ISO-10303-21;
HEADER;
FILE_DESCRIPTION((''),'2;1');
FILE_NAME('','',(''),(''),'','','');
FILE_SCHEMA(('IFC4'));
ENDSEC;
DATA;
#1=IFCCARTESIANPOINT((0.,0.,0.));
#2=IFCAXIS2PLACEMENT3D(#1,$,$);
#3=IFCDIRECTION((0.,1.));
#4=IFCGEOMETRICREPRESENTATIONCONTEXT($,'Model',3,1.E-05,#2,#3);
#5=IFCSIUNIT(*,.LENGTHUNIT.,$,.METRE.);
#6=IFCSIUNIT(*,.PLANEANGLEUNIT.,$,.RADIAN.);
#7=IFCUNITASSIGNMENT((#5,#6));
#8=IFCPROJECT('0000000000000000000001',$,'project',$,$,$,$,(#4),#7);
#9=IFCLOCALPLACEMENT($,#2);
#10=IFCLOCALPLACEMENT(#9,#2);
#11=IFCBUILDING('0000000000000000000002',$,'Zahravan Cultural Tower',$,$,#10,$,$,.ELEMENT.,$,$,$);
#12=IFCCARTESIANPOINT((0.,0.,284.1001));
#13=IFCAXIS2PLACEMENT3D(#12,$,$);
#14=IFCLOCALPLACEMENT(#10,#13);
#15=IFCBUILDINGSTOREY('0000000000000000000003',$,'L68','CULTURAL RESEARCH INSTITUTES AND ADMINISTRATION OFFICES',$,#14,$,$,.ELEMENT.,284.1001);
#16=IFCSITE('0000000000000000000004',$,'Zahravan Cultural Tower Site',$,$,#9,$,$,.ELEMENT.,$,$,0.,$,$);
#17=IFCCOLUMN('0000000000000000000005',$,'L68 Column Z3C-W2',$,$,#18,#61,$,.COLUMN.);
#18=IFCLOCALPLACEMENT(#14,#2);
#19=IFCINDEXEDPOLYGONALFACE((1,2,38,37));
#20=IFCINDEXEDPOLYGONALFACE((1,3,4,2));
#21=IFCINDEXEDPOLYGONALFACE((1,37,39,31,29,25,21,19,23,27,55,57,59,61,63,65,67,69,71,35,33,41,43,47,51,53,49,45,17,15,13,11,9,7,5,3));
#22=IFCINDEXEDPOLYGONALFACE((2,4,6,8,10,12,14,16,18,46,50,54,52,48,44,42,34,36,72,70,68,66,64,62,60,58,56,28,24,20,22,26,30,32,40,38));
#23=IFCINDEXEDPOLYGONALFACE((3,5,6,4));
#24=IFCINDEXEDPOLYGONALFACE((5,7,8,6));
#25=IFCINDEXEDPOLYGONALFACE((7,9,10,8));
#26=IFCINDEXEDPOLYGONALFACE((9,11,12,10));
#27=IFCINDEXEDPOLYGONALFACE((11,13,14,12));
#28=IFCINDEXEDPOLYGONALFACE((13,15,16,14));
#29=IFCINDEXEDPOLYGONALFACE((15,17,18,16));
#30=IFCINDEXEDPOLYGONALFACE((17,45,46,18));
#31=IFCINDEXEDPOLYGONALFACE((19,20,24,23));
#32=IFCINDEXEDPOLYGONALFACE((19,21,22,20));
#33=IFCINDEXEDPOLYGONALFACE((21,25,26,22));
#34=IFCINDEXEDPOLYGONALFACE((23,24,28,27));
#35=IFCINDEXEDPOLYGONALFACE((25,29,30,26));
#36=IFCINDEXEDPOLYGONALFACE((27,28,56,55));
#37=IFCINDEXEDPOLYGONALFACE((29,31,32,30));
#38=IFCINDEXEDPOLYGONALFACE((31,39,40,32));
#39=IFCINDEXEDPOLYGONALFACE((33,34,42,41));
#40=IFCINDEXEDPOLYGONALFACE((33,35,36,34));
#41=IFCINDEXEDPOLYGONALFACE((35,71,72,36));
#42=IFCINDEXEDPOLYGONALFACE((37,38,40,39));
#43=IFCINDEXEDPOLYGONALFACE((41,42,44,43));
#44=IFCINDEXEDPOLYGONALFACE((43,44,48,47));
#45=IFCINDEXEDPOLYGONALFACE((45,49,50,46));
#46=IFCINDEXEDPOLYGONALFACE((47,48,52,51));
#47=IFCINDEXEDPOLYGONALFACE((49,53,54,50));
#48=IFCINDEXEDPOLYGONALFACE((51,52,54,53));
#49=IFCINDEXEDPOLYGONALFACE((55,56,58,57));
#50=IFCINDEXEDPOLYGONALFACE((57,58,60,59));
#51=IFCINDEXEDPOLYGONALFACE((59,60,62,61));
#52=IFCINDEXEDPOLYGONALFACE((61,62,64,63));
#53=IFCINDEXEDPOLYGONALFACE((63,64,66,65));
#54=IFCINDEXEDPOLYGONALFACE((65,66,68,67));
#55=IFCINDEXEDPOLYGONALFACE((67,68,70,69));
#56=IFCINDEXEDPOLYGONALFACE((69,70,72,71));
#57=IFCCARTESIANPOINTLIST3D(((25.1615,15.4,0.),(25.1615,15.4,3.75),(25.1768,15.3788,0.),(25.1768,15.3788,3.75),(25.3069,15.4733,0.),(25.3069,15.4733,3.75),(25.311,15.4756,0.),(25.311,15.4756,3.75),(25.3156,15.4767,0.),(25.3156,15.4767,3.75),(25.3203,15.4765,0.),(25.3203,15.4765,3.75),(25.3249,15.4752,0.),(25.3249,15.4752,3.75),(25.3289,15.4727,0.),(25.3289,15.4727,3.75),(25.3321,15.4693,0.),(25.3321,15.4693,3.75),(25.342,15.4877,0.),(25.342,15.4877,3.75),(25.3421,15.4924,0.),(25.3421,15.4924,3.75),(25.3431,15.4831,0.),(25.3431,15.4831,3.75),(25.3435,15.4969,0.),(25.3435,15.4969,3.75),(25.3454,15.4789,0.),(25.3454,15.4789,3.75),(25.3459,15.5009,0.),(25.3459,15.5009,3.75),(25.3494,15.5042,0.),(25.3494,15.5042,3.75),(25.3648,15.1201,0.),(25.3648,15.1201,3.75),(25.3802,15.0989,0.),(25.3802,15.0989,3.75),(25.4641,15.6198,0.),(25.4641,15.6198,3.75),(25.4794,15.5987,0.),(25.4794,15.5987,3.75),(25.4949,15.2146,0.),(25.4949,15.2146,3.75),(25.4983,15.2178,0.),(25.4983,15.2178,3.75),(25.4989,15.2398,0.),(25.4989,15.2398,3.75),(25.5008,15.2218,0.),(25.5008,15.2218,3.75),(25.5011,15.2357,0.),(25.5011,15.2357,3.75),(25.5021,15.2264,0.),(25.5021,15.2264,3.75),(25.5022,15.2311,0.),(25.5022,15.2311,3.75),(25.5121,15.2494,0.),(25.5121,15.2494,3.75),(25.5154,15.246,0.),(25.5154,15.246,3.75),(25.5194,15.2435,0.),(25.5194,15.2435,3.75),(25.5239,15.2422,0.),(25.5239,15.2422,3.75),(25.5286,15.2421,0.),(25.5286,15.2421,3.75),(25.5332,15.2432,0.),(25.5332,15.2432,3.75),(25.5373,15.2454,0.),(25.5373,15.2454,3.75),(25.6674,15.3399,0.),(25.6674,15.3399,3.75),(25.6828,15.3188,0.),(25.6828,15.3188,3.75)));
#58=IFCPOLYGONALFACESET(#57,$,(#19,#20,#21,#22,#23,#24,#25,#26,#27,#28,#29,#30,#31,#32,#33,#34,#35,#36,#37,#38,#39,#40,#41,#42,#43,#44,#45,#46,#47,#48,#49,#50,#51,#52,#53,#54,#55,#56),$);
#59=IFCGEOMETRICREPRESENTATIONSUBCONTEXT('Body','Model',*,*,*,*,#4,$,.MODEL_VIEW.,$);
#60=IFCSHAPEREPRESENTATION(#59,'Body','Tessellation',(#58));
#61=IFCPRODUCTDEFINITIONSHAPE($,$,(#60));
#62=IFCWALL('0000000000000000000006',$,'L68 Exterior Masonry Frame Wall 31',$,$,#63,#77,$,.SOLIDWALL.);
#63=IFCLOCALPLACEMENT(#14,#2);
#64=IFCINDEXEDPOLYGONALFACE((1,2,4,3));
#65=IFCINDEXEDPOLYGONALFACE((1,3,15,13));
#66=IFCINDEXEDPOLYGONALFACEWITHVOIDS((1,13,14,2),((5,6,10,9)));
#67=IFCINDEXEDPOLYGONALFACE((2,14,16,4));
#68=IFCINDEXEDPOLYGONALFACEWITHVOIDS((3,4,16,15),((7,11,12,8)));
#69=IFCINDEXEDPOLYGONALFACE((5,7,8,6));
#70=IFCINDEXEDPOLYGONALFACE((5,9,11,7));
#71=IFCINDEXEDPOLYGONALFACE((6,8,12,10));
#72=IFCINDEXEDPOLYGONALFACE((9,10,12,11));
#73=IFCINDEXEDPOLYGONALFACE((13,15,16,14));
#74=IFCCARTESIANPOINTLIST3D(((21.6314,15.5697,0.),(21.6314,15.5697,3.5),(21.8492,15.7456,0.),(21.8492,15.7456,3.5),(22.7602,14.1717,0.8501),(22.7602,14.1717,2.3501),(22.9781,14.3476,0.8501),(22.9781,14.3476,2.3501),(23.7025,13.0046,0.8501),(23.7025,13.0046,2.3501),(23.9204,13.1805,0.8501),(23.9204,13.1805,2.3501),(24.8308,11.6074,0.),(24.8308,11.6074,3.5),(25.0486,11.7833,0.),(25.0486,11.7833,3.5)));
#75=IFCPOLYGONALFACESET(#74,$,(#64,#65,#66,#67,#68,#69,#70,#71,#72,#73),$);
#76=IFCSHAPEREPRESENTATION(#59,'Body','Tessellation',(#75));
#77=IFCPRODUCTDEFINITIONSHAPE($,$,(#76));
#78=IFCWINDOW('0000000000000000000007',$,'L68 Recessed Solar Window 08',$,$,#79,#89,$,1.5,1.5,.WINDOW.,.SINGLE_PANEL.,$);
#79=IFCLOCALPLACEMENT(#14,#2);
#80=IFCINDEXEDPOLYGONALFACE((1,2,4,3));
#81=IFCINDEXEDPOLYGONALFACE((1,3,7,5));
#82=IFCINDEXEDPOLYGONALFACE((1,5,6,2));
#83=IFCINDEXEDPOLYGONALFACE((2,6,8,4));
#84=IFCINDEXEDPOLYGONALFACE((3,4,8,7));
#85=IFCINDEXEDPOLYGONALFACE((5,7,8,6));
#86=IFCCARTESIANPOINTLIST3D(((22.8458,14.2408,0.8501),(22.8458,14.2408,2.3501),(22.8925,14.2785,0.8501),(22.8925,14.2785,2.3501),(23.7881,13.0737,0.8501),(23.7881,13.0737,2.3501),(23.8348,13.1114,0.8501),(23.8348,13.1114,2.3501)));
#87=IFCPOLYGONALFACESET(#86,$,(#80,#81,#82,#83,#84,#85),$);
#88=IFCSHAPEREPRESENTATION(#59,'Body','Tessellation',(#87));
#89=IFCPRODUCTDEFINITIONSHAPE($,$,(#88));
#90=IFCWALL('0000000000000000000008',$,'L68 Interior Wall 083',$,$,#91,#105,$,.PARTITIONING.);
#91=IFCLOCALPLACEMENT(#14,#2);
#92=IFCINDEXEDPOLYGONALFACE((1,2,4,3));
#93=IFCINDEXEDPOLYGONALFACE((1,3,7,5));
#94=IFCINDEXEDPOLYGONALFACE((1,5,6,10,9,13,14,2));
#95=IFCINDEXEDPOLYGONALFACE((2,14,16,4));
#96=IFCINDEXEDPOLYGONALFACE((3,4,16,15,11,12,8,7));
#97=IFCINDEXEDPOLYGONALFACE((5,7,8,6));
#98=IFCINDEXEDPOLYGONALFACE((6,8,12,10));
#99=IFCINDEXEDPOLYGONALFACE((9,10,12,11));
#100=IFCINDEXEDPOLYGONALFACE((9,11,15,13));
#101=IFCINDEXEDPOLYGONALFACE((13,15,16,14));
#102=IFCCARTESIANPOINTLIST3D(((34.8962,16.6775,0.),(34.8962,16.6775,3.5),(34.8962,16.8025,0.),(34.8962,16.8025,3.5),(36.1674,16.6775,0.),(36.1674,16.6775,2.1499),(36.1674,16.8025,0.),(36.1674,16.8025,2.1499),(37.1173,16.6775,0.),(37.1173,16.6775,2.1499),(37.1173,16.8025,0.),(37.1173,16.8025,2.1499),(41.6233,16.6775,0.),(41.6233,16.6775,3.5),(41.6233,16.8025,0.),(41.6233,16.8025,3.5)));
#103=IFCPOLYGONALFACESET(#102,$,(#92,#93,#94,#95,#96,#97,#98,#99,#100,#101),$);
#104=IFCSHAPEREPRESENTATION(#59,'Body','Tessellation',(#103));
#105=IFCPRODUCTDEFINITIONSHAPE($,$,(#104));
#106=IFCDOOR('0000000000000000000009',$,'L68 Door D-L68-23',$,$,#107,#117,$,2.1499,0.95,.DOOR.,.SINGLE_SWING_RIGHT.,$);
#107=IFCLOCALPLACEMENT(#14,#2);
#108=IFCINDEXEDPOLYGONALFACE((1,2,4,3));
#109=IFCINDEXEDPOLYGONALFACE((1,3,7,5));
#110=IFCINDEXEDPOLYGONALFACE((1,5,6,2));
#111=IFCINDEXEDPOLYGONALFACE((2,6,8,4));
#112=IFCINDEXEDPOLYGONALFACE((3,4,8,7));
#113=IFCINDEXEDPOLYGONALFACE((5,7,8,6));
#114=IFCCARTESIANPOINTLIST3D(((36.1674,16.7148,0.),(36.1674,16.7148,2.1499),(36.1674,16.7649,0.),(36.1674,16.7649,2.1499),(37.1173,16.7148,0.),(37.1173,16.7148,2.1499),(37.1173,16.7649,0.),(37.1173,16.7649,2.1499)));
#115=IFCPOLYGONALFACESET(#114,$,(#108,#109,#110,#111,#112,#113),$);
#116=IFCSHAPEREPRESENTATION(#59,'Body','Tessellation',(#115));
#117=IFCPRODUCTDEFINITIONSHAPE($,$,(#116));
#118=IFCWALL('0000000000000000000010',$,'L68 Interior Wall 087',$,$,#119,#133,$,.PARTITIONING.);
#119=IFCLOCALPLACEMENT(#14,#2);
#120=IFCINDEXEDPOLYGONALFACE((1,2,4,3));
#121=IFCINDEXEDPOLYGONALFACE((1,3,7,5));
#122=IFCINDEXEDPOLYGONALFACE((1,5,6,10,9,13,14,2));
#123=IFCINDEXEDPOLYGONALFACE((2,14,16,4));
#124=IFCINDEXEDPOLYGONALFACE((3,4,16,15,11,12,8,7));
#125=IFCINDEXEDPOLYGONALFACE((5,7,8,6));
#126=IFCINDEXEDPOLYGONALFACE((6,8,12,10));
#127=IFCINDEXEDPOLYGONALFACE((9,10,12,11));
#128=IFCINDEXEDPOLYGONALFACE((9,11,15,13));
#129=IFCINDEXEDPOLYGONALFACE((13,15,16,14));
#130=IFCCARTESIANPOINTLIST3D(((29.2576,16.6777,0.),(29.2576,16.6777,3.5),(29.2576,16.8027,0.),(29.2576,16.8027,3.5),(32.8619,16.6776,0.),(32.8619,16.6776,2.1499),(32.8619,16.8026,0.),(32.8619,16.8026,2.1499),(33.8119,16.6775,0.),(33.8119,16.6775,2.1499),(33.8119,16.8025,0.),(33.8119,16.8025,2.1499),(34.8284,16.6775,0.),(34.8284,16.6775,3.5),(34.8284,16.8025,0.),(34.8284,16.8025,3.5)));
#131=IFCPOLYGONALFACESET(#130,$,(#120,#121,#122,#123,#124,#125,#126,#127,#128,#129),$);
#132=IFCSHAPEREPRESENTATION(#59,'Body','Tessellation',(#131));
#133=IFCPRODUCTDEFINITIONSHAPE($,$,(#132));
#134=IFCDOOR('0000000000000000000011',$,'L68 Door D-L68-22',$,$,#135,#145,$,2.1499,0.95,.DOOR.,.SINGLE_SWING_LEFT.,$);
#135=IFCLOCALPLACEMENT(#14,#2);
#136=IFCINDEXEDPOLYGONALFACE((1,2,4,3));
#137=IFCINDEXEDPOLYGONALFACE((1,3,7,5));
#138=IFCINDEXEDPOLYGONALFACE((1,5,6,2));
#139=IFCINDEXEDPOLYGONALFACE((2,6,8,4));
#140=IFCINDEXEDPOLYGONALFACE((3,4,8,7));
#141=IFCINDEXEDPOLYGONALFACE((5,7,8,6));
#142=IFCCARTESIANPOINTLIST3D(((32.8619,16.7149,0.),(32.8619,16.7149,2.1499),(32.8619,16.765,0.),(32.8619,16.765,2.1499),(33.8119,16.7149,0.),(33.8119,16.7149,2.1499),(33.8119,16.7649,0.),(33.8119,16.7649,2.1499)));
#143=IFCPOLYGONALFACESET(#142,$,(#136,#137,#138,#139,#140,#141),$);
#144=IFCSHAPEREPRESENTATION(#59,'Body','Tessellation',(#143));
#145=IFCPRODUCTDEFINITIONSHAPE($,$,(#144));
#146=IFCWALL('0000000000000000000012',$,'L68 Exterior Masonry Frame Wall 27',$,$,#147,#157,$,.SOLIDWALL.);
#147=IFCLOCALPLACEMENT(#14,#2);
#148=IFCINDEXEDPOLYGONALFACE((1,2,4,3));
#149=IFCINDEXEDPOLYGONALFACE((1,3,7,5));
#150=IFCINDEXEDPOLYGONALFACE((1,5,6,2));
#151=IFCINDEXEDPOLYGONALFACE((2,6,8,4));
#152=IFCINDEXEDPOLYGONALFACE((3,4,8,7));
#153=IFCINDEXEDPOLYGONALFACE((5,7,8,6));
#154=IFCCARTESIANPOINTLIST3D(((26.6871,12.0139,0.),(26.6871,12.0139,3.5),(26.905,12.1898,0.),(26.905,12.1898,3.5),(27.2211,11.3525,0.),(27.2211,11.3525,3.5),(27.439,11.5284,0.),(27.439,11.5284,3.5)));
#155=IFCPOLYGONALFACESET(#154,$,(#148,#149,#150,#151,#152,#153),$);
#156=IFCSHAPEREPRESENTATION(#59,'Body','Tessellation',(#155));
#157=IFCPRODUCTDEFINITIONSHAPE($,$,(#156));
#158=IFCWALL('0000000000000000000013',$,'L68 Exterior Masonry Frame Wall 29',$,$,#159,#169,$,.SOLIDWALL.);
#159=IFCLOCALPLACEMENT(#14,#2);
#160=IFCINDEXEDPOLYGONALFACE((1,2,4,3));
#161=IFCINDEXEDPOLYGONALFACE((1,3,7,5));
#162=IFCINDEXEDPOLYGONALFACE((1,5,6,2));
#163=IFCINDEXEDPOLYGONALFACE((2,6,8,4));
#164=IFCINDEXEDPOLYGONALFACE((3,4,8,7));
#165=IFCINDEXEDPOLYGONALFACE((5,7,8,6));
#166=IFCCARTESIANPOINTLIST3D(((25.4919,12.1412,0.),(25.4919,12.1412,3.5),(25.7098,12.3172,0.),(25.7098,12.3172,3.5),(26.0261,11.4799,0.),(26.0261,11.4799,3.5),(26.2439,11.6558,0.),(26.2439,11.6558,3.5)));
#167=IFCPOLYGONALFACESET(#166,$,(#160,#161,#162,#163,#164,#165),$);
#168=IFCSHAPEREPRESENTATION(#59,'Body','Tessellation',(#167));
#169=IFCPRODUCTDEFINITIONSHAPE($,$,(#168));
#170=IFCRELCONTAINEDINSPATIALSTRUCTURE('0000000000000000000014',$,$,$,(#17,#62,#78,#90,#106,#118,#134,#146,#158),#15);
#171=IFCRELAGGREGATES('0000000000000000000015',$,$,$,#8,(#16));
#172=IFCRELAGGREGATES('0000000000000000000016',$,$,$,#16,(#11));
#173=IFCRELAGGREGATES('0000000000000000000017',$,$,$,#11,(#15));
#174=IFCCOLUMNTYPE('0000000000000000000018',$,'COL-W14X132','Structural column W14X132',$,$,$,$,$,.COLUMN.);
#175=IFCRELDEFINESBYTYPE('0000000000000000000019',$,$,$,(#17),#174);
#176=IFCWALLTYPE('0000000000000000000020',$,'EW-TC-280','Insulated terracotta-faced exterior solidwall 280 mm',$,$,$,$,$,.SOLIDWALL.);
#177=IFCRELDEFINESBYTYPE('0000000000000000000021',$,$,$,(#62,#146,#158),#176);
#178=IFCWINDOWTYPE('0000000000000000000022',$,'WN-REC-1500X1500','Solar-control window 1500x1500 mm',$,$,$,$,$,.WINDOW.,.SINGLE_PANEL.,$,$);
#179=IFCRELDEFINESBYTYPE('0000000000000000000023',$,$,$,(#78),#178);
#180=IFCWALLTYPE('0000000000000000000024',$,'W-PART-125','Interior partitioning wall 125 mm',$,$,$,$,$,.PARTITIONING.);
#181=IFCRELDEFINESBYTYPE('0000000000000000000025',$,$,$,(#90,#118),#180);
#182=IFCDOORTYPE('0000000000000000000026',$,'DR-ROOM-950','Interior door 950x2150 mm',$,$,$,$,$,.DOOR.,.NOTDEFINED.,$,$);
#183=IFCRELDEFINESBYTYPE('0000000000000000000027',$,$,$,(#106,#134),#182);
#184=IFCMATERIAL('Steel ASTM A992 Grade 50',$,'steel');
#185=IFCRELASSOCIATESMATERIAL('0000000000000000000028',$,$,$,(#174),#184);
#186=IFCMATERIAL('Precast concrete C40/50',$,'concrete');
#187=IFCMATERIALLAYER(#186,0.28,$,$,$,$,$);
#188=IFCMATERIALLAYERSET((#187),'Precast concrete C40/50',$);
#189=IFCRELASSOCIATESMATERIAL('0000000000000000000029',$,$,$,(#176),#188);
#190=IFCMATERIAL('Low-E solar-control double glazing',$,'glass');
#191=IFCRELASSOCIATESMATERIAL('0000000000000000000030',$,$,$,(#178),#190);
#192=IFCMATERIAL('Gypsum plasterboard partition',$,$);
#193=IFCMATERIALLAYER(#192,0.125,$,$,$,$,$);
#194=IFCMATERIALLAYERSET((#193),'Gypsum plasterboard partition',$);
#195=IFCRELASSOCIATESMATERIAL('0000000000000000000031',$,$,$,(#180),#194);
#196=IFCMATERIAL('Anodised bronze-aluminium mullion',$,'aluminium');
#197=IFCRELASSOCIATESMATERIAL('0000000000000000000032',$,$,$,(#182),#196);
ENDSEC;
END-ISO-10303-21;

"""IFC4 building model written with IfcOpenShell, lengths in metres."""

from ifc_helpers import new_model, si_unit, direction, frame, frame_2d, origin, origin_2d, place, context, subcontext, project, spatial, rectangle, i_section, extrude, source, transform, mapped, material, layer, layer_set, material_profile, profile_set, type_object, element, fill, save


model = new_model("IFC4")

# Units and contexts
model_context = context("Model", 3, precision=1e-05, world=origin(), true_north=direction((0.0, 1.0)))
body_context = subcontext(model_context, "Body", "Model", "MODEL_VIEW")
ifc_project = project(units=[si_unit("LENGTHUNIT", "METRE"), si_unit("PLANEANGLEUNIT", "RADIAN")], contexts=[model_context])

# Site, building, storey
site_placement = place(None, origin())
site = spatial("IfcSite", under=ifc_project, at=site_placement, Name="Zahravan Cultural Tower Site", CompositionType="ELEMENT", RefElevation=0.0)
building_placement = place(site_placement, origin())
building = spatial("IfcBuilding", under=site, at=building_placement, Name="Zahravan Cultural Tower", CompositionType="ELEMENT")
storey_placement = place(building_placement, frame((0.0, 0.0, 284.1001)))
storey = spatial("IfcBuildingStorey", under=building, at=storey_placement, Name="L68", Description="CULTURAL RESEARCH INSTITUTES AND ADMINISTRATION OFFICES", CompositionType="ELEMENT", Elevation=284.1001)

# Column
ifc_material_1 = material(Name="Steel ASTM A992 Grade 50", Category="steel")
ifc_material_profile = material_profile(ifc_material_1, i_section(OverallWidth=0.374, OverallDepth=0.3721, WebThickness=0.0164, FlangeThickness=0.0261, FilletRadius=0.0181, at=origin_2d()), Name="W14X132")
ifc_profile_set = profile_set([ifc_material_profile], Name="Steel ASTM A992 Grade 50")
column_type = type_object("IfcColumnType", Name="COL-W14X132", Description="Structural column W14X132", PredefinedType="COLUMN", material=ifc_profile_set)
shared_shape_1 = source(origin(), body_context, "Body", "SweptSolid", [
    extrude(i_section(OverallWidth=0.374, OverallDepth=0.3721, WebThickness=0.0164, FlangeThickness=0.0261, FilletRadius=0.0181, at=origin_2d()), origin(), (0.0, 0.0, 1.0), 3.75),
])
column_placement = place(storey_placement, frame((25.4221, 15.3594, 0.0), z_axis=(0.0, 0.0, 1.0), x_axis=(0.809017, 0.587785, 0.0)))
element("IfcColumn", 1, at=column_placement, inside=storey, type_object=column_type, Name="L68 Column Z3C-W2", PredefinedType="COLUMN", context=body_context, shape_type="MappedRepresentation", body=[
    mapped(shared_shape_1, transform((0.0, 0.0, 0.0), x_axis=(1.0, 0.0, 0.0), y_axis=(0.0, 1.0, 0.0), z_axis=(0.0, 0.0, 1.0), scale=1.0)),
])

# Shared definitions
ifc_material_2 = material(Name="Precast concrete C40/50", Category="concrete")
ifc_layer_1 = layer(ifc_material_2, 0.28)
ifc_layer_set_1 = layer_set([ifc_layer_1], Name="Precast concrete C40/50")
wall_type_1 = type_object("IfcWallType", Name="EW-TC-280", Description="Insulated terracotta-faced exterior solidwall 280 mm", PredefinedType="SOLIDWALL", material=ifc_layer_set_1)
ifc_material_3 = material(Name="Anodised bronze-aluminium mullion", Category="aluminium")

# Wall, opening, window
wall_1_placement = place(storey_placement, frame((24.9397, 11.6953, 0.0), z_axis=(0.0, 0.0, 1.0), x_axis=(-0.628226, 0.778031, 0.0)))
wall_1 = element("IfcWall", 2, at=wall_1_placement, inside=storey, type_object=wall_type_1, Name="L68 Exterior Masonry Frame Wall 31", PredefinedType="SOLIDWALL", context=body_context, shape_type="SweptSolid", body=[
    extrude(rectangle(XDim=5.0928, YDim=0.28, at=frame_2d((2.5464, 0.0))), origin(), (0.0, 0.0, 1.0), 3.5),
])
opening_1_placement = place(wall_1_placement, frame((1.7959, 0.0, 0.8501)))
opening_1 = element("IfcOpeningElement", 3, at=opening_1_placement, cuts=wall_1, PredefinedType="OPENING", context=body_context, shape_type="SweptSolid", body=[
    extrude(rectangle(XDim=1.5, YDim=1.5, at=frame_2d((0.75, 0.75))), frame((0.0, 0.1499, 0.0), z_axis=(0.0, -1.0, 0.0), x_axis=(1.0, 0.0, 0.0)), (0.0, 0.0, 1.0), 0.3),
])
ifc_material_4 = material(Name="Low-E solar-control double glazing", Category="glass")
window_type = type_object("IfcWindowType", Name="WN-REC-1500X1500", Description="Solar-control window 1500x1500 mm", PartitioningType="SINGLE_PANEL", PredefinedType="WINDOW", material=ifc_material_4)
shared_shape_2 = source(origin(), body_context, "Body", "SweptSolid", [
    extrude(rectangle(XDim=1.5, YDim=1.5, at=frame_2d((0.75, 0.75))), frame((0.0, 0.03, 0.0), z_axis=(0.0, -1.0, 0.0), x_axis=(1.0, 0.0, 0.0)), (0.0, 0.0, 1.0), 0.0601),
])
window_placement = place(opening_1_placement, origin())
window = element("IfcWindow", 4, at=window_placement, inside=storey, type_object=window_type, Name="L68 Recessed Solar Window 08", OverallHeight=1.5, OverallWidth=1.5, PartitioningType="SINGLE_PANEL", PredefinedType="WINDOW", context=body_context, shape_type="MappedRepresentation", body=[
    mapped(shared_shape_2, transform((0.0, 0.0, 0.0), x_axis=(1.0, 0.0, 0.0), y_axis=(0.0, 1.0, 0.0), z_axis=(0.0, 0.0, 1.0), scale=1.0)),
])
fill(opening_1, window)

# Walls, openings, doors
ifc_material_5 = material(Name="Gypsum plasterboard partition")
ifc_layer_2 = layer(ifc_material_5, 0.125)
ifc_layer_set_2 = layer_set([ifc_layer_2], Name="Gypsum plasterboard partition")
wall_type_2 = type_object("IfcWallType", Name="W-PART-125", Description="Interior partitioning wall 125 mm", PredefinedType="PARTITIONING", material=ifc_layer_set_2)
wall_2_placement = place(storey_placement, frame((34.8962, 16.74, 0.0), z_axis=(0.0, 0.0, 1.0), x_axis=(1.0, 0.0, 0.0)))
wall_2 = element("IfcWall", 5, at=wall_2_placement, inside=storey, type_object=wall_type_2, Name="L68 Interior Wall 083", PredefinedType="PARTITIONING", context=body_context, shape_type="SweptSolid", body=[
    extrude(rectangle(XDim=6.7271, YDim=0.125, at=frame_2d((3.3635, 0.0))), origin(), (0.0, 0.0, 1.0), 3.5),
])
opening_2_placement = place(wall_2_placement, frame((1.271, 0.0, 0.0)))
opening_2 = element("IfcOpeningElement", 6, at=opening_2_placement, cuts=wall_2, PredefinedType="OPENING", context=body_context, shape_type="SweptSolid", body=[
    extrude(rectangle(XDim=0.95, YDim=2.1499, at=frame_2d((0.4751, 1.075))), frame((0.0, 0.0725, 0.0), z_axis=(0.0, -1.0, 0.0), x_axis=(1.0, 0.0, 0.0)), (0.0, 0.0, 1.0), 0.145),
])
door_type_1 = type_object("IfcDoorType", Name="DR-ROOM-950", Description="Interior door 950x2150 mm", OperationType="NOTDEFINED", PredefinedType="DOOR", material=ifc_material_3)
shared_shape_3 = source(origin(), body_context, "Body", "SweptSolid", [
    extrude(rectangle(XDim=0.95, YDim=2.1499, at=frame_2d((0.4751, 1.075))), frame((0.0, 0.0249, 0.0), z_axis=(0.0, -1.0, 0.0), x_axis=(1.0, 0.0, 0.0)), (0.0, 0.0, 1.0), 0.05),
])
door_1_placement = place(opening_2_placement, origin())
door_1 = element("IfcDoor", 7, at=door_1_placement, inside=storey, type_object=door_type_1, Name="L68 Door D-L68-23", OperationType="SINGLE_SWING_RIGHT", OverallHeight=2.1499, OverallWidth=0.95, PredefinedType="DOOR", context=body_context, shape_type="MappedRepresentation", body=[
    mapped(shared_shape_3, transform((0.0, 0.0, 0.0), x_axis=(1.0, 0.0, 0.0), y_axis=(0.0, 1.0, 0.0), z_axis=(0.0, 0.0, 1.0), scale=1.0)),
])
fill(opening_2, door_1)
wall_3_placement = place(storey_placement, frame((29.2576, 16.7402, 0.0), z_axis=(0.0, 0.0, 1.0), x_axis=(1.0, -0.000044, 0.0)))
wall_3 = element("IfcWall", 8, at=wall_3_placement, inside=storey, type_object=wall_type_2, Name="L68 Interior Wall 087", PredefinedType="PARTITIONING", context=body_context, shape_type="SweptSolid", body=[
    extrude(rectangle(XDim=5.5708, YDim=0.125, at=frame_2d((2.7854, 0.0))), origin(), (0.0, 0.0, 1.0), 3.5),
])
opening_3_placement = place(wall_3_placement, frame((3.6042, 0.0, 0.0)))
opening_3 = element("IfcOpeningElement", 9, at=opening_3_placement, cuts=wall_3, PredefinedType="OPENING", context=body_context, shape_type="SweptSolid", body=[
    extrude(rectangle(XDim=0.95, YDim=2.1499, at=frame_2d((0.4751, 1.075))), frame((0.0, 0.0725, 0.0), z_axis=(0.0, -1.0, 0.0), x_axis=(1.0, 0.0, 0.0)), (0.0, 0.0, 1.0), 0.145),
])
door_2_placement = place(opening_3_placement, origin())
door_2 = element("IfcDoor", 10, at=door_2_placement, inside=storey, type_object=door_type_1, Name="L68 Door D-L68-22", OperationType="SINGLE_SWING_LEFT", OverallHeight=2.1499, OverallWidth=0.95, PredefinedType="DOOR", context=body_context, shape_type="MappedRepresentation", body=[
    mapped(shared_shape_3, transform((0.0, 0.0, 0.0), x_axis=(1.0, 0.0, 0.0), y_axis=(0.0, 1.0, 0.0), z_axis=(0.0, 0.0, 1.0), scale=1.0)),
])
fill(opening_3, door_2)

# Walls
shared_shape_4 = source(origin(), body_context, "Body", "SweptSolid", [
    extrude(rectangle(XDim=0.8501, YDim=0.28, at=frame_2d((0.425, 0.0))), origin(), (0.0, 0.0, 1.0), 3.5),
])
for number, where, z_axis, x_axis, name in (
    (11, (27.3301, 11.4404, 0.0), (0.0, 0.0, 1.0), (-0.628157, 0.778087, 0.0), "L68 Exterior Masonry Frame Wall 27"),
    (12, (26.135, 11.5679, 0.0), (0.0, 0.0, 1.0), (-0.62833, 0.777947, 0.0), "L68 Exterior Masonry Frame Wall 29"),
):
    element("IfcWall", number, at=place(storey_placement, frame(where, z_axis=z_axis, x_axis=x_axis)), inside=storey, type_object=wall_type_1, Name=name, PredefinedType="SOLIDWALL", context=body_context, shape_type="MappedRepresentation", body=[
        mapped(shared_shape_4, transform((0.0, 0.0, 0.0), x_axis=(1.0, 0.0, 0.0), y_axis=(0.0, 1.0, 0.0), z_axis=(0.0, 0.0, 1.0), scale=1.0)),
    ])

save(model, "model.ifc")
